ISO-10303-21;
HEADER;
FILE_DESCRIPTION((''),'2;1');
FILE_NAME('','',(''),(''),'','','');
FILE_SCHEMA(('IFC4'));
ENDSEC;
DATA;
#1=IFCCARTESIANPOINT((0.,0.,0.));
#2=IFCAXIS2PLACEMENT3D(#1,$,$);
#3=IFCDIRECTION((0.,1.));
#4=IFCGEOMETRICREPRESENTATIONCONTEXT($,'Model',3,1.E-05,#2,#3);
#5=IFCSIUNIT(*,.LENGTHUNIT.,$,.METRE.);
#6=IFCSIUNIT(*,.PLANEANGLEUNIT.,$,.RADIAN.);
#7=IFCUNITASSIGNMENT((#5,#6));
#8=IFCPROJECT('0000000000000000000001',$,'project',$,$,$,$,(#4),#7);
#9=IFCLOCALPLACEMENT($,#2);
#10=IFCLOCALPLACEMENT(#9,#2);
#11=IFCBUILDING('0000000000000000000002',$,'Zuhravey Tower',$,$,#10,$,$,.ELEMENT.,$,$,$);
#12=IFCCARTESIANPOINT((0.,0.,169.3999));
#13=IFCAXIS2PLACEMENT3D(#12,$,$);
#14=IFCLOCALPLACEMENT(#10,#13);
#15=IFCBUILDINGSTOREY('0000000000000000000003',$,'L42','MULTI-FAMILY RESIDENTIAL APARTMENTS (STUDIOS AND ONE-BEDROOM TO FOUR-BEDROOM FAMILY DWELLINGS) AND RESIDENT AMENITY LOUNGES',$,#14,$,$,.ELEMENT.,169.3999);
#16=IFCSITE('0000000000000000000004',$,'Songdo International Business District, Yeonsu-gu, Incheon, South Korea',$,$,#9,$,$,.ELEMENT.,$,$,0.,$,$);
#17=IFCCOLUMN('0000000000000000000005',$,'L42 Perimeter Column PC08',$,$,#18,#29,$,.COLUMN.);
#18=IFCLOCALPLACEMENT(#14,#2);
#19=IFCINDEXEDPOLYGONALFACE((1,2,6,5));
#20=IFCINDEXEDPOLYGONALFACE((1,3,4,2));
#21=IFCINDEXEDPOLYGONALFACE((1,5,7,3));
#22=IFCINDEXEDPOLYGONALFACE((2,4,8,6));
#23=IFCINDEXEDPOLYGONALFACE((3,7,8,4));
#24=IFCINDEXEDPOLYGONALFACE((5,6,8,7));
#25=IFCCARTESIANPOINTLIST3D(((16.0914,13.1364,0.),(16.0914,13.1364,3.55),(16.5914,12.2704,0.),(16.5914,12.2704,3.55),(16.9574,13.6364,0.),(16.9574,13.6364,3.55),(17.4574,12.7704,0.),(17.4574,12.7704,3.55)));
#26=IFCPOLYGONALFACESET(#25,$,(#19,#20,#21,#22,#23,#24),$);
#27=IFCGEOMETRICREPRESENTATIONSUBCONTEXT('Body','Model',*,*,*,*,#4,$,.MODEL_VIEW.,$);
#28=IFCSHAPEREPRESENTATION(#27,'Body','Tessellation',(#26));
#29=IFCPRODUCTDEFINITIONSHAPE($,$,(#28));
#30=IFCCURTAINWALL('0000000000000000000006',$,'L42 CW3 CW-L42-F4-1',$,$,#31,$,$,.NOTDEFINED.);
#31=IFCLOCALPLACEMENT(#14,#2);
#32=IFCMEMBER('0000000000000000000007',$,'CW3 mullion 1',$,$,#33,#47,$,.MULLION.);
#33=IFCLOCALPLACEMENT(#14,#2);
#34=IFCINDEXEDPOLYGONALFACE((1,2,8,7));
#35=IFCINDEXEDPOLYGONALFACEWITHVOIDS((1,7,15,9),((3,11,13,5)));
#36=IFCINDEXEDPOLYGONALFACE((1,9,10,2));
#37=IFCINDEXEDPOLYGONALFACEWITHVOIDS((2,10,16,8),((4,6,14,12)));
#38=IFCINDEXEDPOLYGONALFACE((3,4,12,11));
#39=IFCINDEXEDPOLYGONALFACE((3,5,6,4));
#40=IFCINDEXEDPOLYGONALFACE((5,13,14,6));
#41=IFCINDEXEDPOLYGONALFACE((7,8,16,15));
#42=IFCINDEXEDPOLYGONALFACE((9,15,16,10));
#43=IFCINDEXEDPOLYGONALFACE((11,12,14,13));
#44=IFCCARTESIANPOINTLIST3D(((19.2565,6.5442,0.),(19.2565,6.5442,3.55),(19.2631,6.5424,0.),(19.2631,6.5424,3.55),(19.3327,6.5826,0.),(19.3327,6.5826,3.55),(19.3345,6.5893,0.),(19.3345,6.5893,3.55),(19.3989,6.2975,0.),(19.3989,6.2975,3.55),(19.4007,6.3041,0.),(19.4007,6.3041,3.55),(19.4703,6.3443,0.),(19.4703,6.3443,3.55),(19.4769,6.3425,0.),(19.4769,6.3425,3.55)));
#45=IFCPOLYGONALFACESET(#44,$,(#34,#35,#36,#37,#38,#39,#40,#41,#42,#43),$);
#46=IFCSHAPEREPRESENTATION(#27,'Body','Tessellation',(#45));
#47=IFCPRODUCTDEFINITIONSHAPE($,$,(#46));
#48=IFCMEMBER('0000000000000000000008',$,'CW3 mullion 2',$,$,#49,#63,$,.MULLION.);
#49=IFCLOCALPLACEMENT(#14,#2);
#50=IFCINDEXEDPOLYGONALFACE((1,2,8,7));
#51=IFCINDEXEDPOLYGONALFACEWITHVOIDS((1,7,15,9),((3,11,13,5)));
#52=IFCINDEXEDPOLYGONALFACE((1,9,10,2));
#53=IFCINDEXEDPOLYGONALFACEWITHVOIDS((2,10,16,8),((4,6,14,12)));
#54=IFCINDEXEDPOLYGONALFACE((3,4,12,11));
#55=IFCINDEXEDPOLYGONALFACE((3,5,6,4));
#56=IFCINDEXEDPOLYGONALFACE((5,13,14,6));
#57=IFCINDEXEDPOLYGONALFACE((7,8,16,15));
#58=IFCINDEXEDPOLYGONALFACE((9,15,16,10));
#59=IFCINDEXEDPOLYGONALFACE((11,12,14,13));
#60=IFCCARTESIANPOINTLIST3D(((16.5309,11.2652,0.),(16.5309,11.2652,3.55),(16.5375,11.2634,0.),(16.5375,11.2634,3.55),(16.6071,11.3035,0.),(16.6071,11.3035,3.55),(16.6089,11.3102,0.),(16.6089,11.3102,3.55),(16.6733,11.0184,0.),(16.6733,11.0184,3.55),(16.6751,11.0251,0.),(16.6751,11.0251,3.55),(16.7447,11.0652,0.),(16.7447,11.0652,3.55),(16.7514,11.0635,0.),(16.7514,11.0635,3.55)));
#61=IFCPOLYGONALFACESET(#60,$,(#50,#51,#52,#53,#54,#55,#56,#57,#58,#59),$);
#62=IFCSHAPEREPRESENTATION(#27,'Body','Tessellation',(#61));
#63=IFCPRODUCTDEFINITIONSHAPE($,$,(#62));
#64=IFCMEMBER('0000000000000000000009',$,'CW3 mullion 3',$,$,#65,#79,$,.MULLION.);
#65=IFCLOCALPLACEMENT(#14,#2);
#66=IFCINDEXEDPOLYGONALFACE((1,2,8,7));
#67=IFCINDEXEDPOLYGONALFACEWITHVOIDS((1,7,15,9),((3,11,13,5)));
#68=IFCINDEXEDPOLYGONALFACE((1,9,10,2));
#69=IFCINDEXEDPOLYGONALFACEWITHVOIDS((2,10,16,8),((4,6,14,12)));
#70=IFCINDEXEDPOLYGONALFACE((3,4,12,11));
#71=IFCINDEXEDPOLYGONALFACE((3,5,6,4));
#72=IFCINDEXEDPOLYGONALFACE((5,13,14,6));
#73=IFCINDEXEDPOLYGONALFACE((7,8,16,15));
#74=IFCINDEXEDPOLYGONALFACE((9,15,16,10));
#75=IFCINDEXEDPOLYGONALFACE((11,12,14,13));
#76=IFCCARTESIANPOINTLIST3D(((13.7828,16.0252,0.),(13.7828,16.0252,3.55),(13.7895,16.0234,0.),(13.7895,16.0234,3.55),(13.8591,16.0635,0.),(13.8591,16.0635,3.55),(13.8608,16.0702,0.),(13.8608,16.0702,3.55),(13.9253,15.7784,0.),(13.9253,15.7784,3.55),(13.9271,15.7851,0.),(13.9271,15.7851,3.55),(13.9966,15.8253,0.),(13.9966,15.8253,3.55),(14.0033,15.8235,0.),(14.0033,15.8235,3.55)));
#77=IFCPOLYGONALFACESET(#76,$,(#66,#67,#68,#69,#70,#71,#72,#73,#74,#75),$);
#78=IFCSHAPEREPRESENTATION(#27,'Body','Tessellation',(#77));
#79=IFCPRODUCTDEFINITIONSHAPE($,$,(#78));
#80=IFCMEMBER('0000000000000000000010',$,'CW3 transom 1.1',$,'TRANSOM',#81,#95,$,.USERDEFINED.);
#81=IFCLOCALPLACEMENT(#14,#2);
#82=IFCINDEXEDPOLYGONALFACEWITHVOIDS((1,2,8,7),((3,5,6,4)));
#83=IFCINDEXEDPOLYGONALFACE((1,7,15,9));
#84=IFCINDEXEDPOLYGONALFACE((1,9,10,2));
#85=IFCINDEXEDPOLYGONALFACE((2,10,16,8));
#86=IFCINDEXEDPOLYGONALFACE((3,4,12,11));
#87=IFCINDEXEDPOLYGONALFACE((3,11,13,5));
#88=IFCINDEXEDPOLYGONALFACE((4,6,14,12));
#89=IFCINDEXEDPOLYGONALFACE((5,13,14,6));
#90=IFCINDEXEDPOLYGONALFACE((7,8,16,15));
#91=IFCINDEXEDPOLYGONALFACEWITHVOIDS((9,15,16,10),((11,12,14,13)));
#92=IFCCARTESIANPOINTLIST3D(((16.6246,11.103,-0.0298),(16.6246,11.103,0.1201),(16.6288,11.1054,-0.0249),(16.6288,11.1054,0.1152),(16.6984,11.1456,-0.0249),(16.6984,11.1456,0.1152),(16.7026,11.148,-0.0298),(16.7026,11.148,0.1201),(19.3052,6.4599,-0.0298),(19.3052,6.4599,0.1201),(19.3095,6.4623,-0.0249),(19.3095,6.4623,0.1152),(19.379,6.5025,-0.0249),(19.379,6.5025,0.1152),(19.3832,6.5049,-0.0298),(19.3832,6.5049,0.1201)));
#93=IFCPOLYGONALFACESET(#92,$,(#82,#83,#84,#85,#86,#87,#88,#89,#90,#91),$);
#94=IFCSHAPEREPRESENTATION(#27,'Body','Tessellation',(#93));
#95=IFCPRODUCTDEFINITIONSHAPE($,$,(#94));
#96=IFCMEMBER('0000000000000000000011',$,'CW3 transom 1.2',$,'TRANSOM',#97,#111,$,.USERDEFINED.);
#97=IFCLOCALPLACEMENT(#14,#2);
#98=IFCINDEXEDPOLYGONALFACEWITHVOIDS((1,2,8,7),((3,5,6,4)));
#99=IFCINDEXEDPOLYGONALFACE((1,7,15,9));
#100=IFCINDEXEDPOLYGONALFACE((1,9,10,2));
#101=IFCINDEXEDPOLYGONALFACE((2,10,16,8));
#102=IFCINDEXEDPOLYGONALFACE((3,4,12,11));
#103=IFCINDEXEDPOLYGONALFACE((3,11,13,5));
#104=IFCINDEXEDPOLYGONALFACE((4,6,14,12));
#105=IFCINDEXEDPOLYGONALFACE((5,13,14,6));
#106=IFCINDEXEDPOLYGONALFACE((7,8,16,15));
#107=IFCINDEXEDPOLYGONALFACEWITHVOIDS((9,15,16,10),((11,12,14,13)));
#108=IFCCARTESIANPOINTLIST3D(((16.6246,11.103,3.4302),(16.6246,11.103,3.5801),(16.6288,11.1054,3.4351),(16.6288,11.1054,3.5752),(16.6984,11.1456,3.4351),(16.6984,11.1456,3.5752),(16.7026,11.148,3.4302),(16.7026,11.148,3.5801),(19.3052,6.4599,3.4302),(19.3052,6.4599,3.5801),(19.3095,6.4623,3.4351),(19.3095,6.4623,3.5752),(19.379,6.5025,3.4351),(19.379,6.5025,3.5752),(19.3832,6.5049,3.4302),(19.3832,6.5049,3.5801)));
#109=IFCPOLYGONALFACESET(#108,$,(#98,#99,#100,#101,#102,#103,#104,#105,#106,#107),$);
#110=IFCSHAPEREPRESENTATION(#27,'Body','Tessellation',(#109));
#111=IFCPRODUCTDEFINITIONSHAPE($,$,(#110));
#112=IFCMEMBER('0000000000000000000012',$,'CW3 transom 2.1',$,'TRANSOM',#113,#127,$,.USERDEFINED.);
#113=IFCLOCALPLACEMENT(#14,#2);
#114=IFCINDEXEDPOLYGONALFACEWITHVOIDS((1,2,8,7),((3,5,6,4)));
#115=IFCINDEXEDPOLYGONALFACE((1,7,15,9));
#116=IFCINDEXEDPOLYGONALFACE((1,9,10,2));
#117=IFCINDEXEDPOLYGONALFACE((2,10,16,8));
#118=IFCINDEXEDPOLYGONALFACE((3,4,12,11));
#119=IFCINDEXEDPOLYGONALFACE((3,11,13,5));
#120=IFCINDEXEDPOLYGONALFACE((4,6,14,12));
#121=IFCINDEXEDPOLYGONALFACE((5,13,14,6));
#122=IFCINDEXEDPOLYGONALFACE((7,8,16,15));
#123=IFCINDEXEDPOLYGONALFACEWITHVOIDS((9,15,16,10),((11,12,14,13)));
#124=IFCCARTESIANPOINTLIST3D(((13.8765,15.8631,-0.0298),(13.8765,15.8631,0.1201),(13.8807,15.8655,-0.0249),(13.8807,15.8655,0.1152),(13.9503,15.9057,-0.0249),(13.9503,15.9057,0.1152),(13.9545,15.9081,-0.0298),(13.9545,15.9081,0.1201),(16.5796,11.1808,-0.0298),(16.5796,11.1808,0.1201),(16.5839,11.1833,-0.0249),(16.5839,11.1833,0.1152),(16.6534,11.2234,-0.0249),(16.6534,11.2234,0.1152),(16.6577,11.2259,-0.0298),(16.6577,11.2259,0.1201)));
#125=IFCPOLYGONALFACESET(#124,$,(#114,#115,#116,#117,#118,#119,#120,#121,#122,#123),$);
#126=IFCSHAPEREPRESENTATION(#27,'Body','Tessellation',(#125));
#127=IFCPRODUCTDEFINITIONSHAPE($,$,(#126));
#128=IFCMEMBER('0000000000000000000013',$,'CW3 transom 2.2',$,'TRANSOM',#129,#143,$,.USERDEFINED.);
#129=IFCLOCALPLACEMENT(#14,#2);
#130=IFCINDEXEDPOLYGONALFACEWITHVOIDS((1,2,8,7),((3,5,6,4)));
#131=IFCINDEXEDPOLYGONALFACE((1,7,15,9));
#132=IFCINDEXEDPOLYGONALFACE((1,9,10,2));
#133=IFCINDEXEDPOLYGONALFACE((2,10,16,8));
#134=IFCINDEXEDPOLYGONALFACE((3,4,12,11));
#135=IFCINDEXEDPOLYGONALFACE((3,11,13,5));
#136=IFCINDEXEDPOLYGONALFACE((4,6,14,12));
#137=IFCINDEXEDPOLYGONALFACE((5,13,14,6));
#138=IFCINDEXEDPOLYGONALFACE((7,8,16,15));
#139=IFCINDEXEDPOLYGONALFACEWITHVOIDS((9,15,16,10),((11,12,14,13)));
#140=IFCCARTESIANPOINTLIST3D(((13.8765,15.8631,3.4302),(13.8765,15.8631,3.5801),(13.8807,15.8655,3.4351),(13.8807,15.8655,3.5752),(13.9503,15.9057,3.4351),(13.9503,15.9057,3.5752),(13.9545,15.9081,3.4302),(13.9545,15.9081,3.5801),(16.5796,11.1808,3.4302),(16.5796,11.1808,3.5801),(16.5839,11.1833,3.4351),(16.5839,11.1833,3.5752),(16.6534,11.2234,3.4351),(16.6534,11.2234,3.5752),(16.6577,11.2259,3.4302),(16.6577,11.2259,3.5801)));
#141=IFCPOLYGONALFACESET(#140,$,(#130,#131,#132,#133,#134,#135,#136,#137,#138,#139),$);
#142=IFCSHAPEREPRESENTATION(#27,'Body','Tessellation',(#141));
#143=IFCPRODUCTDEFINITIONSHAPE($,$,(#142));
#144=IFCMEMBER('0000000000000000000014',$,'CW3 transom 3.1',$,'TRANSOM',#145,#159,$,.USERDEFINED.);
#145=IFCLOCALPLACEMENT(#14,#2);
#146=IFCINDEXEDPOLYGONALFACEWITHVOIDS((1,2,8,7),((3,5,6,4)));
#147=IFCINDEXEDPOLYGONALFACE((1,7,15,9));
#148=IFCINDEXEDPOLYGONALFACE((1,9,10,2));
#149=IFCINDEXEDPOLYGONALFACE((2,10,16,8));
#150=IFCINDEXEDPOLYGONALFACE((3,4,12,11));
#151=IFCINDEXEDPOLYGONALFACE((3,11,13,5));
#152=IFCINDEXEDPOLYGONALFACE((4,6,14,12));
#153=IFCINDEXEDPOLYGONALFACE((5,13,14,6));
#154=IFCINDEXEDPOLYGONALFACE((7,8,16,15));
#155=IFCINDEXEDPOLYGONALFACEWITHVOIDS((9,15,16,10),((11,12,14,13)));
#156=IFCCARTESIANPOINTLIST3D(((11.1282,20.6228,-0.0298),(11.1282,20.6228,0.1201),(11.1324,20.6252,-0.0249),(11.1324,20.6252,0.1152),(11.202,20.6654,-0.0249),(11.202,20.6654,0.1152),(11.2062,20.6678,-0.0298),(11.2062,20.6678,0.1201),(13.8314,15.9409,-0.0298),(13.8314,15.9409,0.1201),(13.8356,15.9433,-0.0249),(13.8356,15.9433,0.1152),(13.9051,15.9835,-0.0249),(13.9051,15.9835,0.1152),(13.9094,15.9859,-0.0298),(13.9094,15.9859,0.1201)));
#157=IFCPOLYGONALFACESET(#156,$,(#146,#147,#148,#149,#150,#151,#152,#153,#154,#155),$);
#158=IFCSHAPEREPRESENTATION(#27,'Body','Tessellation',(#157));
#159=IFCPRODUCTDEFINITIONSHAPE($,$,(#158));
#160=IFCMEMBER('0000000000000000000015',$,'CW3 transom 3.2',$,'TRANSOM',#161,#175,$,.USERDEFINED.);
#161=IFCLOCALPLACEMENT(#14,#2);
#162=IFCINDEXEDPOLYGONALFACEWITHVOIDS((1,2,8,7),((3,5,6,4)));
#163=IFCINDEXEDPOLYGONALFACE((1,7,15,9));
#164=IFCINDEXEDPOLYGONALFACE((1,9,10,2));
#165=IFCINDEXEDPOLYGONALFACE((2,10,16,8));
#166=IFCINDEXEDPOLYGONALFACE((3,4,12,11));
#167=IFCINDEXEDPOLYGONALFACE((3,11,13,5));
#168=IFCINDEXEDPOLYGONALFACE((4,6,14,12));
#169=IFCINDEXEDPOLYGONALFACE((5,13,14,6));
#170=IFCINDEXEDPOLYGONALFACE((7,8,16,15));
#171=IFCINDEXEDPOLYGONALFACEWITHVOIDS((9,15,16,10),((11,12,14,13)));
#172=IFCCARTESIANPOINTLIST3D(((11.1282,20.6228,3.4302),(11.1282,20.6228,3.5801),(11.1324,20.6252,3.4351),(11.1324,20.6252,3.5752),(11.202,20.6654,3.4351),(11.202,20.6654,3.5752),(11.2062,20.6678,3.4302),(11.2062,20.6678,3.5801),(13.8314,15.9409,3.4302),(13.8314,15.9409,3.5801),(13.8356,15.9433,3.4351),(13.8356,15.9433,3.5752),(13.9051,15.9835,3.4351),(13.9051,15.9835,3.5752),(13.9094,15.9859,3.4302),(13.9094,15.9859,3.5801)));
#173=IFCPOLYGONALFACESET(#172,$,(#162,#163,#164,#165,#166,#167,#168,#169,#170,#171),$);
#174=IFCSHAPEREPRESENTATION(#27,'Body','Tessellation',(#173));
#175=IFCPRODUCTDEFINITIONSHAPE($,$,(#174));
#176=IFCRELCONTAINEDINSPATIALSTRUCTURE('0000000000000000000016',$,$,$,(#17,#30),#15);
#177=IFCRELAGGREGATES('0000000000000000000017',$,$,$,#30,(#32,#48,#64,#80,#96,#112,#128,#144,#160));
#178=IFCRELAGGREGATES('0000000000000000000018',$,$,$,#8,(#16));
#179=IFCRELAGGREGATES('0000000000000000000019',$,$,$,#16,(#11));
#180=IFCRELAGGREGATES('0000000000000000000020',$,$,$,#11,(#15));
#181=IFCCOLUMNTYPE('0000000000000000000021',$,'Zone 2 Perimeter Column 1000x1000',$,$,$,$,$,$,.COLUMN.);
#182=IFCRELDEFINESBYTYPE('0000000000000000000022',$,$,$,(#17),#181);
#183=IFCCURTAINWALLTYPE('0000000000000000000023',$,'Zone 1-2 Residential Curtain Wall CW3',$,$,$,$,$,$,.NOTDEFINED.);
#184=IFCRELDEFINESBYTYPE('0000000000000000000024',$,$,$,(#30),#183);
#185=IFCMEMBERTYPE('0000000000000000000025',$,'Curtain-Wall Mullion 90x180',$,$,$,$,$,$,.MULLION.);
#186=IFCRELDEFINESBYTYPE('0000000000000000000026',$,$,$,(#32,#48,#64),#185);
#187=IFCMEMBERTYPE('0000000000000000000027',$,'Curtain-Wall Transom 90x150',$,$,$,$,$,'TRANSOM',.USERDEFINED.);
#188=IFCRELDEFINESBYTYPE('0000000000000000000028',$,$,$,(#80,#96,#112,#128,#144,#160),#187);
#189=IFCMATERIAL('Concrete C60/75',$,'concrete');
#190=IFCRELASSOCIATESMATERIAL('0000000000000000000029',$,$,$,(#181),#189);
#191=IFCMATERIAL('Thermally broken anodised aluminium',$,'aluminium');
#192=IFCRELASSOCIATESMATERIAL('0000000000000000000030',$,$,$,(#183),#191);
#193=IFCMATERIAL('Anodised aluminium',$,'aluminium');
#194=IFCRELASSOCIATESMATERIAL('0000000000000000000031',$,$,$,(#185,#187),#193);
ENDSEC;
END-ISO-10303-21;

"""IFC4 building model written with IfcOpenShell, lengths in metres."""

from ifc_helpers import new_model, si_unit, direction, frame, origin, origin_2d, place, context, subcontext, project, spatial, rectangle, hollow_rectangle, extrude, material, material_profile, profile_set, type_object, element, aggregate, save


model = new_model("IFC4")

# Units and contexts
model_context = context("Model", 3, precision=1e-05, world=origin(), true_north=direction((0.0, 1.0)))
body_context = subcontext(model_context, "Body", "Model", "MODEL_VIEW")
ifc_project = project(units=[si_unit("LENGTHUNIT", "METRE"), si_unit("PLANEANGLEUNIT", "RADIAN")], contexts=[model_context])

# Site, building, storey
site_placement = place(None, origin())
site = spatial("IfcSite", under=ifc_project, at=site_placement, Name="Songdo International Business District, Yeonsu-gu, Incheon, South Korea", CompositionType="ELEMENT", RefElevation=0.0)
building_placement = place(site_placement, origin())
building = spatial("IfcBuilding", under=site, at=building_placement, Name="Zuhravey Tower", CompositionType="ELEMENT")
storey_placement = place(building_placement, frame((0.0, 0.0, 169.3999)))
storey = spatial("IfcBuildingStorey", under=building, at=storey_placement, Name="L42", Description="MULTI-FAMILY RESIDENTIAL APARTMENTS (STUDIOS AND ONE-BEDROOM TO FOUR-BEDROOM FAMILY DWELLINGS) AND RESIDENT AMENITY LOUNGES", CompositionType="ELEMENT", Elevation=169.3999)

# Column
ifc_material_1 = material(Name="Concrete C60/75", Category="concrete")
ifc_material_profile_1 = material_profile(ifc_material_1, rectangle(XDim=1.0, YDim=1.0, at=origin_2d()), Name="RC-1000x1000")
ifc_profile_set_1 = profile_set([ifc_material_profile_1], Name="Concrete C60/75")
column_type = type_object("IfcColumnType", Name="Zone 2 Perimeter Column 1000x1000", PredefinedType="COLUMN", material=ifc_profile_set_1)
column_placement = place(storey_placement, frame((16.7744, 12.9534, 0.0), z_axis=(0.0, 0.0, 1.0), x_axis=(0.5, -0.866025, 0.0)))
element("IfcColumn", 1, at=column_placement, inside=storey, type_object=column_type, Name="L42 Perimeter Column PC08", PredefinedType="COLUMN", context=body_context, shape_type="SweptSolid", body=[
    extrude(rectangle(XDim=1.0, YDim=1.0, at=origin_2d()), origin(), (0.0, 0.0, 1.0), 3.55),
])

# Curtain wall, members
ifc_material_2 = material(Name="Thermally broken anodised aluminium", Category="aluminium")
curtain_wall_type = type_object("IfcCurtainWallType", Name="Zone 1-2 Residential Curtain Wall CW3", PredefinedType="NOTDEFINED", material=ifc_material_2)
curtain_wall_placement = place(storey_placement, origin())
curtain_wall = element("IfcCurtainWall", 2, at=curtain_wall_placement, inside=storey, type_object=curtain_wall_type, Name="L42 CW3 CW-L42-F4-1", PredefinedType="NOTDEFINED")
ifc_material_3 = material(Name="Anodised aluminium", Category="aluminium")
ifc_material_profile_2 = material_profile(ifc_material_3, hollow_rectangle(XDim=0.0901, YDim=0.2849, WallThickness=0.0049, at=origin_2d()), Name="ALU-RHS-90x285x5")
ifc_profile_set_2 = profile_set([ifc_material_profile_2], Name="Anodised aluminium")
member_type_1 = type_object("IfcMemberType", Name="Curtain-Wall Mullion 90x180", PredefinedType="MULLION", material=ifc_profile_set_2)
member_1_placement = place(storey_placement, frame((19.3667, 6.4434, 0.0), z_axis=(0.0, 0.0, 1.0), x_axis=(-0.866025, -0.5, 0.0)))
member_1 = element("IfcMember", 3, at=member_1_placement, type_object=member_type_1, Name="CW3 mullion 1", PredefinedType="MULLION", context=body_context, shape_type="SweptSolid", body=[
    extrude(hollow_rectangle(XDim=0.0901, YDim=0.2849, WallThickness=0.0049, at=origin_2d()), origin(), (0.0, 0.0, 1.0), 3.55),
])
member_2_placement = place(storey_placement, frame((16.6411, 11.1643, 0.0), z_axis=(0.0, 0.0, 1.0), x_axis=(-0.866025, -0.5, 0.0)))
member_2 = element("IfcMember", 4, at=member_2_placement, type_object=member_type_1, Name="CW3 mullion 2", PredefinedType="MULLION", context=body_context, shape_type="SweptSolid", body=[
    extrude(hollow_rectangle(XDim=0.0901, YDim=0.2849, WallThickness=0.0049, at=origin_2d()), origin(), (0.0, 0.0, 1.0), 3.55),
])
member_3_placement = place(storey_placement, frame((13.8931, 15.9243, 0.0), z_axis=(0.0, 0.0, 1.0), x_axis=(-0.866025, -0.5, 0.0)))
member_3 = element("IfcMember", 5, at=member_3_placement, type_object=member_type_1, Name="CW3 mullion 3", PredefinedType="MULLION", context=body_context, shape_type="SweptSolid", body=[
    extrude(hollow_rectangle(XDim=0.0901, YDim=0.2849, WallThickness=0.0049, at=origin_2d()), origin(), (0.0, 0.0, 1.0), 3.55),
])
ifc_material_profile_3 = material_profile(ifc_material_3, hollow_rectangle(XDim=0.0901, YDim=0.1499, WallThickness=0.0049, at=origin_2d()), Name="ALU-RHS-90x150x5")
ifc_profile_set_3 = profile_set([ifc_material_profile_3], Name="Anodised aluminium")
member_type_2 = type_object("IfcMemberType", Name="Curtain-Wall Transom 90x150", ElementType="TRANSOM", PredefinedType="USERDEFINED", material=ifc_profile_set_3)
member_4_placement = place(storey_placement, frame((19.3442, 6.4824, 0.0452), z_axis=(-0.499998, 0.866026, 0.0), x_axis=(-0.866026, -0.499998, 0.0)))
member_4 = element("IfcMember", 6, at=member_4_placement, type_object=member_type_2, Name="CW3 transom 1.1", ObjectType="TRANSOM", PredefinedType="USERDEFINED", context=body_context, shape_type="SweptSolid", body=[
    extrude(hollow_rectangle(XDim=0.0901, YDim=0.1499, WallThickness=0.0049, at=origin_2d()), origin(), (0.0, 0.0, 1.0), 5.3613),
])
member_5_placement = place(storey_placement, frame((19.3442, 6.4824, 3.5051), z_axis=(-0.499998, 0.866026, 0.0), x_axis=(-0.866026, -0.499998, 0.0)))
member_5 = element("IfcMember", 7, at=member_5_placement, type_object=member_type_2, Name="CW3 transom 1.2", ObjectType="TRANSOM", PredefinedType="USERDEFINED", context=body_context, shape_type="SweptSolid", body=[
    extrude(hollow_rectangle(XDim=0.0901, YDim=0.1499, WallThickness=0.0049, at=origin_2d()), origin(), (0.0, 0.0, 1.0), 5.3613),
])
member_6_placement = place(storey_placement, frame((16.6187, 11.2034, 0.0452), z_axis=(-0.499986, 0.866034, 0.0), x_axis=(-0.866034, -0.499986, 0.0)))
member_6 = element("IfcMember", 8, at=member_6_placement, type_object=member_type_2, Name="CW3 transom 2.1", ObjectType="TRANSOM", PredefinedType="USERDEFINED", context=body_context, shape_type="SweptSolid", body=[
    extrude(hollow_rectangle(XDim=0.0901, YDim=0.1499, WallThickness=0.0049, at=origin_2d()), origin(), (0.0, 0.0, 1.0), 5.4065),
])
member_7_placement = place(storey_placement, frame((16.6187, 11.2034, 3.5051), z_axis=(-0.499986, 0.866034, 0.0), x_axis=(-0.866034, -0.499986, 0.0)))
member_7 = element("IfcMember", 9, at=member_7_placement, type_object=member_type_2, Name="CW3 transom 2.2", ObjectType="TRANSOM", PredefinedType="USERDEFINED", context=body_context, shape_type="SweptSolid", body=[
    extrude(hollow_rectangle(XDim=0.0901, YDim=0.1499, WallThickness=0.0049, at=origin_2d()), origin(), (0.0, 0.0, 1.0), 5.4065),
])
member_8_placement = place(storey_placement, frame((13.8704, 15.9634, 0.0452), z_axis=(-0.500005, 0.866022, 0.0), x_axis=(-0.866022, -0.500005, 0.0)))
member_8 = element("IfcMember", 10, at=member_8_placement, type_object=member_type_2, Name="CW3 transom 3.1", ObjectType="TRANSOM", PredefinedType="USERDEFINED", context=body_context, shape_type="SweptSolid", body=[
    extrude(hollow_rectangle(XDim=0.0901, YDim=0.1499, WallThickness=0.0049, at=origin_2d()), origin(), (0.0, 0.0, 1.0), 5.4062),
])
member_9_placement = place(storey_placement, frame((13.8704, 15.9634, 3.5051), z_axis=(-0.500005, 0.866022, 0.0), x_axis=(-0.866022, -0.500005, 0.0)))
member_9 = element("IfcMember", 11, at=member_9_placement, type_object=member_type_2, Name="CW3 transom 3.2", ObjectType="TRANSOM", PredefinedType="USERDEFINED", context=body_context, shape_type="SweptSolid", body=[
    extrude(hollow_rectangle(XDim=0.0901, YDim=0.1499, WallThickness=0.0049, at=origin_2d()), origin(), (0.0, 0.0, 1.0), 5.4062),
])

aggregate(curtain_wall, [member_1, member_2, member_3, member_4, member_5, member_6, member_7, member_8, member_9])

save(model, "model.ifc")
